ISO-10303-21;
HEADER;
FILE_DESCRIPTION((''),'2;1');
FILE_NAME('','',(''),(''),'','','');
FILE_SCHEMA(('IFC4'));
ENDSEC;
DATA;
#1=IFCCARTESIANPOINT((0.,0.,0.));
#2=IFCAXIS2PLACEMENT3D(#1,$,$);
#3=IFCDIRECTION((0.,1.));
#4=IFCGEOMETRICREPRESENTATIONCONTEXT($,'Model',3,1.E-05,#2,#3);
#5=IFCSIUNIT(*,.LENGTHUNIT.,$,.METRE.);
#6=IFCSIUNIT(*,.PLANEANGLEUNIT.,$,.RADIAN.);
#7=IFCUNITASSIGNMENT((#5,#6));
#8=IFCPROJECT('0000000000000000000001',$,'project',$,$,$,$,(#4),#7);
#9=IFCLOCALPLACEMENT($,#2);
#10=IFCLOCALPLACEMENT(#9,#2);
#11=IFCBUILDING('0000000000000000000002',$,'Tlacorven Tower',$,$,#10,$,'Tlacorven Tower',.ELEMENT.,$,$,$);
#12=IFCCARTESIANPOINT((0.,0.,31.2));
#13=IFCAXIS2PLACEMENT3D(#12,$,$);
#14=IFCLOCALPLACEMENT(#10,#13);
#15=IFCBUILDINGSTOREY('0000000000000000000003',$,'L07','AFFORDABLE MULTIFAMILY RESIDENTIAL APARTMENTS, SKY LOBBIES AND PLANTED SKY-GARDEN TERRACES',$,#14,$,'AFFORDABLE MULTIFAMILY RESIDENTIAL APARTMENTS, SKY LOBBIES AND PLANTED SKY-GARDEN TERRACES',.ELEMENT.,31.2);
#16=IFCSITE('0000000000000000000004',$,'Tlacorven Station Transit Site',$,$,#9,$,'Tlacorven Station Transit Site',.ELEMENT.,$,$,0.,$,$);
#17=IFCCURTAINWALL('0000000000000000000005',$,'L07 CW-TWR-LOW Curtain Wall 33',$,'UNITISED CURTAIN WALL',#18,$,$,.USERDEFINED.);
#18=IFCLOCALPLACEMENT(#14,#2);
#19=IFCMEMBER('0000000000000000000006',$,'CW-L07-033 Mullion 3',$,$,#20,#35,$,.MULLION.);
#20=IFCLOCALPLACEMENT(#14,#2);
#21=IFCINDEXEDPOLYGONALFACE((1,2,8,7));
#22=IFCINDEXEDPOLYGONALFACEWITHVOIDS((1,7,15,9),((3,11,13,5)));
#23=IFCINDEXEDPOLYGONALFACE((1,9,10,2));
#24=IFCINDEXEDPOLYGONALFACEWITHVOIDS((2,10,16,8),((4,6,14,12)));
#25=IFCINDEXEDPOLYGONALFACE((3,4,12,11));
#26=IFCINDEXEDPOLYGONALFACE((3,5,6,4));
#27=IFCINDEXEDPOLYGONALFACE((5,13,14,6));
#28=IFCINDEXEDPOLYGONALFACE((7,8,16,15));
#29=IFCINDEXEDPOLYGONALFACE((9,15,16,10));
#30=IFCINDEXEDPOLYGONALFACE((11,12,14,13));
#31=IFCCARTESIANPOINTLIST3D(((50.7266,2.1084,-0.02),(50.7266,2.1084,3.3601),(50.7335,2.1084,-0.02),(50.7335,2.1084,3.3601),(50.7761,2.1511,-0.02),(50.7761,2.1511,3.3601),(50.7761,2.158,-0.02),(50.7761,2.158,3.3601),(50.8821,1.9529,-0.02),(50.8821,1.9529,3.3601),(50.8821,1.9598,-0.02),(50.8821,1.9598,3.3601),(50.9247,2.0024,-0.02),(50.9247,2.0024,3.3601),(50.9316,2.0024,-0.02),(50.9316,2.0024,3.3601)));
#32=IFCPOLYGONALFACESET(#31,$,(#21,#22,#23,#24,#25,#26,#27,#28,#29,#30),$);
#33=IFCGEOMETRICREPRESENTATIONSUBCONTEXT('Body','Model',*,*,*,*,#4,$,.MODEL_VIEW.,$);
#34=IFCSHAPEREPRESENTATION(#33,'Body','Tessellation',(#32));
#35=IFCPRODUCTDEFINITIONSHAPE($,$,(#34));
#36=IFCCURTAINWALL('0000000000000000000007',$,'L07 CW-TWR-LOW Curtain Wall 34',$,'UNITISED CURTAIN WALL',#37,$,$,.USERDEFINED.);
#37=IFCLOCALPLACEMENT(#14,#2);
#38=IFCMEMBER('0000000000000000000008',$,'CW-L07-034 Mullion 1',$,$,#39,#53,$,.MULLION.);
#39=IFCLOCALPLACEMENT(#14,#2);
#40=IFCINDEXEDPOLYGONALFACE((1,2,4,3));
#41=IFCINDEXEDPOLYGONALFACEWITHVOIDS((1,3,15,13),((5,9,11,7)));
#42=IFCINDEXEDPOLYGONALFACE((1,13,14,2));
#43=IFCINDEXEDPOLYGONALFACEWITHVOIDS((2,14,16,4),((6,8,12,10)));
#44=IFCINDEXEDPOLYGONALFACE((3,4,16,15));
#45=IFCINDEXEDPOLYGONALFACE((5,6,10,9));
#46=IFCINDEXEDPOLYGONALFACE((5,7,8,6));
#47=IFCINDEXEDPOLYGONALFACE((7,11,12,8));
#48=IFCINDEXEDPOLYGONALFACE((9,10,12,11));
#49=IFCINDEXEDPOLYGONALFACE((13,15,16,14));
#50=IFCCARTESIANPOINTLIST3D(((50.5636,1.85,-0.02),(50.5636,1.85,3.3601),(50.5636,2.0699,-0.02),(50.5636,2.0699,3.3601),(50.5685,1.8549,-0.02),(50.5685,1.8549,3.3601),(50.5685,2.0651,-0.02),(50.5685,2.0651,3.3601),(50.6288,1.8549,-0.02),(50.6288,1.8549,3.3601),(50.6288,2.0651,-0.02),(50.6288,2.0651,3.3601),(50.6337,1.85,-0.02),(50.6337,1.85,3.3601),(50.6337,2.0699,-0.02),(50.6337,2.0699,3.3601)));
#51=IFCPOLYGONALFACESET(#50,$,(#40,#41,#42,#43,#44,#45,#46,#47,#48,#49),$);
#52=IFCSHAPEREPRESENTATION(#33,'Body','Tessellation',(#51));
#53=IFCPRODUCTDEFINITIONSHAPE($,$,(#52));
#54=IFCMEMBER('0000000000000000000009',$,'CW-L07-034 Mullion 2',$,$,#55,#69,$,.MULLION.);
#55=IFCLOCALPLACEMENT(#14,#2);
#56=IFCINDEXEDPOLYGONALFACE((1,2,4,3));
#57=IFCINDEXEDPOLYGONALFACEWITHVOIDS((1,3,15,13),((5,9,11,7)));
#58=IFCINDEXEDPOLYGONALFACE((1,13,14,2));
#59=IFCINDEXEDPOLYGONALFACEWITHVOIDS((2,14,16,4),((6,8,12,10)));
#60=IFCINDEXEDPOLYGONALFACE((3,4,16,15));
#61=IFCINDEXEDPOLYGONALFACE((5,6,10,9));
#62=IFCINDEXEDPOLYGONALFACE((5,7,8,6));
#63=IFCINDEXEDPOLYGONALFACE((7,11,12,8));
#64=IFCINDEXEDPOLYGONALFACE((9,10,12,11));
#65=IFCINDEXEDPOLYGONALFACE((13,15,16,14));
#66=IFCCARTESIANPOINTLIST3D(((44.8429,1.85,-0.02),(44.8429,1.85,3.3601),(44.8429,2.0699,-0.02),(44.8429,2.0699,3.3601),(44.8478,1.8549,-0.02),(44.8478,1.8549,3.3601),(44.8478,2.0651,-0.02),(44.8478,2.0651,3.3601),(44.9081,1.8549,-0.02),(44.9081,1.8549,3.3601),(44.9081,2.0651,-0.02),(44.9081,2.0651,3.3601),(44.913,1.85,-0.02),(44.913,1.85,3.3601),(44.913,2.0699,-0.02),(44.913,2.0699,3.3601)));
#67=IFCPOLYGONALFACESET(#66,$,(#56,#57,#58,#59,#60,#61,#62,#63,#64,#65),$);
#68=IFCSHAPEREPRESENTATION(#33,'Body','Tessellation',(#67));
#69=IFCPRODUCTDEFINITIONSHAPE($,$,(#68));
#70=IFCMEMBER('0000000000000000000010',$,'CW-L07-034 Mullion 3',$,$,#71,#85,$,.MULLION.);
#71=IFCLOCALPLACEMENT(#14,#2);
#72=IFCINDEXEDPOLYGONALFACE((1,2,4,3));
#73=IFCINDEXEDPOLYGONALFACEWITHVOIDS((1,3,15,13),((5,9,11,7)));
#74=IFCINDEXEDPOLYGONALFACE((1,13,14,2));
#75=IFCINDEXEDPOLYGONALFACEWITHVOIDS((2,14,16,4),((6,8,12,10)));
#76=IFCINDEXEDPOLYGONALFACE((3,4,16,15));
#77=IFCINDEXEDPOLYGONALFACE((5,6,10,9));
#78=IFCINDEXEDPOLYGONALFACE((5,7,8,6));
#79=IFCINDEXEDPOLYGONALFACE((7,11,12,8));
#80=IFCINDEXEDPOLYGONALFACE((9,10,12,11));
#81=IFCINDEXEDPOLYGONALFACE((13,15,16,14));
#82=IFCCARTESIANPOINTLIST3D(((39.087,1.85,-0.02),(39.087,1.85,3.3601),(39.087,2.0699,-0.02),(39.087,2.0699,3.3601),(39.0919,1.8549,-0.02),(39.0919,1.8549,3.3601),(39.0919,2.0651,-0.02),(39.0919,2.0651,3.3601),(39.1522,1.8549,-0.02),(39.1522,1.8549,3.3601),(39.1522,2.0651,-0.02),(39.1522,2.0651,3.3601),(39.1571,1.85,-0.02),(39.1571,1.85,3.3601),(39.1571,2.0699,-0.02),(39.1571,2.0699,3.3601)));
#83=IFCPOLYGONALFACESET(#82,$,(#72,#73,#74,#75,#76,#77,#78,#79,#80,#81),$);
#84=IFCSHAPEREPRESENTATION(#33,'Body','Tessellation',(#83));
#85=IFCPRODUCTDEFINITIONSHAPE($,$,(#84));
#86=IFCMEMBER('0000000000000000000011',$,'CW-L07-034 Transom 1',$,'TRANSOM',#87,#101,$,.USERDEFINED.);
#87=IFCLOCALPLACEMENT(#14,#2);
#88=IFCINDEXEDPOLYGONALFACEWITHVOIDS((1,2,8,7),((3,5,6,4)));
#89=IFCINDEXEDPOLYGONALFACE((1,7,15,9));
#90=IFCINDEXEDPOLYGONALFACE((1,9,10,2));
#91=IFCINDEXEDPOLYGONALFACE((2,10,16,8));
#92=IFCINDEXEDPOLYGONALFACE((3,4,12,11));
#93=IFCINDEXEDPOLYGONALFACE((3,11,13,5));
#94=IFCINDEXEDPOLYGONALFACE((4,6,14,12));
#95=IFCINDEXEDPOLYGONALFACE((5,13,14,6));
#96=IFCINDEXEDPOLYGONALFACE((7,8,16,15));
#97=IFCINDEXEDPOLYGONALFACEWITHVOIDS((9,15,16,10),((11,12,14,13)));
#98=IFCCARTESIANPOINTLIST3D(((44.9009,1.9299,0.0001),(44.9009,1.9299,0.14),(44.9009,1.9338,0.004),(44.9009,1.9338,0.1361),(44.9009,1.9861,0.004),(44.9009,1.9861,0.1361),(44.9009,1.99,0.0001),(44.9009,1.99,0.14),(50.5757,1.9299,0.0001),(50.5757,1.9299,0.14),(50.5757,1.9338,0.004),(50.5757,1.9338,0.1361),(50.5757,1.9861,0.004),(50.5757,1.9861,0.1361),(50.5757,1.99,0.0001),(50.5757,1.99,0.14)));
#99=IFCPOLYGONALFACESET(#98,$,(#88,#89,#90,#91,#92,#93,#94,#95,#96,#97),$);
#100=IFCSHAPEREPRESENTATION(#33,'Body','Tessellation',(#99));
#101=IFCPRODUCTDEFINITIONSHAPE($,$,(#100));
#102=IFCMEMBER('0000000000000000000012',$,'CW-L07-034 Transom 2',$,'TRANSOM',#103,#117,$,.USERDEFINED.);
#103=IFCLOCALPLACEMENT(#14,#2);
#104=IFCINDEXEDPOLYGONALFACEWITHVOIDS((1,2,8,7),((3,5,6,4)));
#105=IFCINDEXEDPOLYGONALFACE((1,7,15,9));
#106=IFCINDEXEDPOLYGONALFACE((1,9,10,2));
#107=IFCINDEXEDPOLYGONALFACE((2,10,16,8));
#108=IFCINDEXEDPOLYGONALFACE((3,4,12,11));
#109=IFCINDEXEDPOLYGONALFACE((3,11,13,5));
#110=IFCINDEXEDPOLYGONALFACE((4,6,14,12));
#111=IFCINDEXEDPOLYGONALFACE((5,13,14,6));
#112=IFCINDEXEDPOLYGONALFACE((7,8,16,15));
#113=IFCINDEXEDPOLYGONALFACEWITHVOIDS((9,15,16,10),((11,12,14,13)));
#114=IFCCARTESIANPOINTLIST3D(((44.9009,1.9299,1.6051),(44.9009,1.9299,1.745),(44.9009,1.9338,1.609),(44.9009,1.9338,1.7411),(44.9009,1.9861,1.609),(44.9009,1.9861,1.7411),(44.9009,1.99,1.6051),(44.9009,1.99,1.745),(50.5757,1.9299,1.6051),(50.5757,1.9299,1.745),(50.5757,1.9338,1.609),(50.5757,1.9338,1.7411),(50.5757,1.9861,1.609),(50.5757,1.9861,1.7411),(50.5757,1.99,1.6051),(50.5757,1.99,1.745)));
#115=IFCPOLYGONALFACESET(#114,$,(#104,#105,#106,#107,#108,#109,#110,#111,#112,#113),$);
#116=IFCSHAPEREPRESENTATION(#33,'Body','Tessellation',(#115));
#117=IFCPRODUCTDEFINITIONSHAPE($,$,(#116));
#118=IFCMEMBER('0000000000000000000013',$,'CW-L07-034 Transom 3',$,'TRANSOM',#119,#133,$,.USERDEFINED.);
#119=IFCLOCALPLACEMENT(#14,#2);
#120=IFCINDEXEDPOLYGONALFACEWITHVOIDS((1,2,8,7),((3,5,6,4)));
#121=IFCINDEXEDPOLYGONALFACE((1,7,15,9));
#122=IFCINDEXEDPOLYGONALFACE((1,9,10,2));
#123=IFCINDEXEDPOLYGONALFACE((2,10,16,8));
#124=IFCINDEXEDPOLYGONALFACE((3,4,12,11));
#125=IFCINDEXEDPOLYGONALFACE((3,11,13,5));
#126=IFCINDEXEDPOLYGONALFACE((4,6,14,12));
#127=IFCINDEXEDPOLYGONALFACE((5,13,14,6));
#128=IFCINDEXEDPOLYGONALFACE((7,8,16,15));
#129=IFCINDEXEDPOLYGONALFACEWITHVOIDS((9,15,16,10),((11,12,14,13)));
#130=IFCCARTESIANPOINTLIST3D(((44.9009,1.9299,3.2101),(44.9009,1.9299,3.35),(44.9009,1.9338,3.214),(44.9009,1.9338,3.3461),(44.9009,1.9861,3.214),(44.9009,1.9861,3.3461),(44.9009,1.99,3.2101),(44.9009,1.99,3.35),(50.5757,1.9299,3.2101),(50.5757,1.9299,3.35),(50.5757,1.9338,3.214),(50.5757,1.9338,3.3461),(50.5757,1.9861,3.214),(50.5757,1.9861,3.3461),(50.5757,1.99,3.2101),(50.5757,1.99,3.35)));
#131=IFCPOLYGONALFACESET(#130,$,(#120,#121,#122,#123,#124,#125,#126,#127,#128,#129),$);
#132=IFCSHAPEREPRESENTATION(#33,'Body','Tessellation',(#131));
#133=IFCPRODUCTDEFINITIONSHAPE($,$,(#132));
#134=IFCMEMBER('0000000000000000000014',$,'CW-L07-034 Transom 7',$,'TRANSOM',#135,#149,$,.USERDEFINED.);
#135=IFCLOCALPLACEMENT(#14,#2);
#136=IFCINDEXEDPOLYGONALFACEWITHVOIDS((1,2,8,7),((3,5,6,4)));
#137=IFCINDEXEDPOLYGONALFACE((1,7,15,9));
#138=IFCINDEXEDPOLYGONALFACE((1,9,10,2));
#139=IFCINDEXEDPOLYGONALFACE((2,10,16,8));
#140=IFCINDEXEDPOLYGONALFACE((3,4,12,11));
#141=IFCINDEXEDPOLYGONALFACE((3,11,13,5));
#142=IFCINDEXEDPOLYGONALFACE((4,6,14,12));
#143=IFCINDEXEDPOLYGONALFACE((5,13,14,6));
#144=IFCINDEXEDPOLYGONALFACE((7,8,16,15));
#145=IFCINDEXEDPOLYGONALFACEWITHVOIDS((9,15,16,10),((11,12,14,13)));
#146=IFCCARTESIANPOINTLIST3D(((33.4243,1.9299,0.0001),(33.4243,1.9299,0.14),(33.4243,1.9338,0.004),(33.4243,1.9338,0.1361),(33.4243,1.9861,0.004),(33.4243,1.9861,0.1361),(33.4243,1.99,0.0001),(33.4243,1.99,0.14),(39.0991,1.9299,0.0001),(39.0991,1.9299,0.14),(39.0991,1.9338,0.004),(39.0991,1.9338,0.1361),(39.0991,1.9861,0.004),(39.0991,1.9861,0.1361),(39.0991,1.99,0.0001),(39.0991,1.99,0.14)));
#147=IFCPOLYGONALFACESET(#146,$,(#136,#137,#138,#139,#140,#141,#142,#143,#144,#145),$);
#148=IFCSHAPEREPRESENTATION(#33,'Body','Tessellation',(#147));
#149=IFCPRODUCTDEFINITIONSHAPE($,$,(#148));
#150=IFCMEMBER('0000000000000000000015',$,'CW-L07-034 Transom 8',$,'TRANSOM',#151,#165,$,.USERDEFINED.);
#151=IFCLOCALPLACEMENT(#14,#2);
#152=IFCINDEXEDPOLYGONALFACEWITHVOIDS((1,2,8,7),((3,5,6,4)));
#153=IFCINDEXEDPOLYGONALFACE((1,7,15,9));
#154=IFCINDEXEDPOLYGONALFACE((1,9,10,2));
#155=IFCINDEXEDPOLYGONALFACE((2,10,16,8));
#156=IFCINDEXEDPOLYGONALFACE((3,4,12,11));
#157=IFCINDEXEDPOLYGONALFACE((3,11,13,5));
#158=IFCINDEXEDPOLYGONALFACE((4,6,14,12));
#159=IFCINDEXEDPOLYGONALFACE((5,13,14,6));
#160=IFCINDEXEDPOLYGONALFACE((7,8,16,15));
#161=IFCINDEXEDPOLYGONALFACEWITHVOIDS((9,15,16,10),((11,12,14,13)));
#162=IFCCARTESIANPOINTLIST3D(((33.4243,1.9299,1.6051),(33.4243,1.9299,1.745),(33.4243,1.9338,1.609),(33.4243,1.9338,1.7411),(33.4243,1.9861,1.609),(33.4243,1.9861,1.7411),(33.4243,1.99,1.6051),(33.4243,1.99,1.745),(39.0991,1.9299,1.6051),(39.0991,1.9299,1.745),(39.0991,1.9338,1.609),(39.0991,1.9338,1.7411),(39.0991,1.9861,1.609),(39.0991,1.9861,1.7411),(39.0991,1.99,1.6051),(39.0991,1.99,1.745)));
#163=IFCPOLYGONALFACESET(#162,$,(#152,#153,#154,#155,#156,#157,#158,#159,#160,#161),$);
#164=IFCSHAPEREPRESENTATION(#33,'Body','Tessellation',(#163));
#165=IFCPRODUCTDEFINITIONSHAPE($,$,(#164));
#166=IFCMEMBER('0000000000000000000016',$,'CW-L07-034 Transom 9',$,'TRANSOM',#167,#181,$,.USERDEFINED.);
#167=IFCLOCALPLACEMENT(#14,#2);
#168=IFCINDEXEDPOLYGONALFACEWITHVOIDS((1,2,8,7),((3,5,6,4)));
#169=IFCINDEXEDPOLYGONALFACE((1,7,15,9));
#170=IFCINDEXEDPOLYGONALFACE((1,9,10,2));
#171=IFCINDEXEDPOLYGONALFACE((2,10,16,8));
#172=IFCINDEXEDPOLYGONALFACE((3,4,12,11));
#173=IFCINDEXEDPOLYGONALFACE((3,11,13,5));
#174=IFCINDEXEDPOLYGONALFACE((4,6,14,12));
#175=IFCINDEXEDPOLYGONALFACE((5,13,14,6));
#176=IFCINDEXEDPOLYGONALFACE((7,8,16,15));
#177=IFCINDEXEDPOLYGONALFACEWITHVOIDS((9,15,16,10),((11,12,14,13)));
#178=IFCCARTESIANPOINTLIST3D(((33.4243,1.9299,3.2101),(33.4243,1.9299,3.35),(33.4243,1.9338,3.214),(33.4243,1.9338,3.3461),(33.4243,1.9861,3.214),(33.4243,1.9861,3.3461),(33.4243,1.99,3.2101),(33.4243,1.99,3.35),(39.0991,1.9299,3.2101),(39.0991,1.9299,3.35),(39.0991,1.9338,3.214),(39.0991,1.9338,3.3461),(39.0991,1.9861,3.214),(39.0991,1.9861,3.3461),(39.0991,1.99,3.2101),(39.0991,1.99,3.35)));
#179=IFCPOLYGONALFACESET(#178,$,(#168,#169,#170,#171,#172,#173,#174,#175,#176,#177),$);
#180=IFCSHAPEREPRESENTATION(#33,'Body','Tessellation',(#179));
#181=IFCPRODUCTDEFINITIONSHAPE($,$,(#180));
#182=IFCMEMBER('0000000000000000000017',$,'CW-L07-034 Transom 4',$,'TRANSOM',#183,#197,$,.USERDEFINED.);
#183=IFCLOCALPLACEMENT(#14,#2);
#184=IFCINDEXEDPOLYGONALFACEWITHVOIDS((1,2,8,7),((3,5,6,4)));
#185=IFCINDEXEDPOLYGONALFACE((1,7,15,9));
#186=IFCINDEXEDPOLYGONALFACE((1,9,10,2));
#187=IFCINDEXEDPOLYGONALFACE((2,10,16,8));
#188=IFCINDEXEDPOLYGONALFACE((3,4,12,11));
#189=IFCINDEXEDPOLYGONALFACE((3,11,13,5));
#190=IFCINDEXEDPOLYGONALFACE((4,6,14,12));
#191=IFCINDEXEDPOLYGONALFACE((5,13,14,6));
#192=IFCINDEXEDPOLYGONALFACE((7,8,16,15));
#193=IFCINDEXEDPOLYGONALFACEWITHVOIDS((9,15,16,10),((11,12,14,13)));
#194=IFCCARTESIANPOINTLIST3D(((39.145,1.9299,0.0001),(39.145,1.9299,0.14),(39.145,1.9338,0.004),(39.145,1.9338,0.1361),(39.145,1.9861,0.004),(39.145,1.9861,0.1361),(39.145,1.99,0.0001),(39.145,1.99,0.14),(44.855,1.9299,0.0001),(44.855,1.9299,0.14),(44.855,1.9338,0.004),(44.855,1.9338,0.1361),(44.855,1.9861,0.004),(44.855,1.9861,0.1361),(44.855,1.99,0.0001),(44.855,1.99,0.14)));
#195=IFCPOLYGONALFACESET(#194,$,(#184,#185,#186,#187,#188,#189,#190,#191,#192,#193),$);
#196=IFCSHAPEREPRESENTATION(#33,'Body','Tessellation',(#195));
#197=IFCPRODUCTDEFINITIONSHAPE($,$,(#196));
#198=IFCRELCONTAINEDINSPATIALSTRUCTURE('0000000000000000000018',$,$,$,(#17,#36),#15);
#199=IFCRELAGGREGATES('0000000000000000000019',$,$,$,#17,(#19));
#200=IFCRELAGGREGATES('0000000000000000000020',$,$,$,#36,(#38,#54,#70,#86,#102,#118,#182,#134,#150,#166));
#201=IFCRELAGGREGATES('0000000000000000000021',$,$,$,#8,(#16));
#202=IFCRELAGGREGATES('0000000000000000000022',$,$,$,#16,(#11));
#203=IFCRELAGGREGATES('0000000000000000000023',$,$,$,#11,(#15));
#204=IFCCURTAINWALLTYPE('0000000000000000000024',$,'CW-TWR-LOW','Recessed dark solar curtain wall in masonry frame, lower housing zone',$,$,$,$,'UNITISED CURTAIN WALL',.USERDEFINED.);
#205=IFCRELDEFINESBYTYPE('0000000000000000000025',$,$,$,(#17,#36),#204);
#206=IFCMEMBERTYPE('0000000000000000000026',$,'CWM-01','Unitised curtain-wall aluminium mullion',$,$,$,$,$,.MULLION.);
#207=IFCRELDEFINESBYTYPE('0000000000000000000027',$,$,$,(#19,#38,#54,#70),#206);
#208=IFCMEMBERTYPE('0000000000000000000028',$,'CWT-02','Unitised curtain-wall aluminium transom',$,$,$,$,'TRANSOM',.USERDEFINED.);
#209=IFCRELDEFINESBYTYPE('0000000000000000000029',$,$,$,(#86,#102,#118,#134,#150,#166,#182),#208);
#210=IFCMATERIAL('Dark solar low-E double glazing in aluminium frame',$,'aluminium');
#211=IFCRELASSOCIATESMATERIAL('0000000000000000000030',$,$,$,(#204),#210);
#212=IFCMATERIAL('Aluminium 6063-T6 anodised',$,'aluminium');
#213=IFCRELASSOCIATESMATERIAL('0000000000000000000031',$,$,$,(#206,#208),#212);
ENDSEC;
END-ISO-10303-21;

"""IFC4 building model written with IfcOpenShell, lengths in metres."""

from ifc_helpers import new_model, si_unit, direction, frame, origin, origin_2d, place, context, subcontext, project, spatial, hollow_rectangle, extrude, source, transform, mapped, material, material_profile, profile_set, type_object, element, aggregate, save


model = new_model("IFC4")

# Units and contexts
model_context = context("Model", 3, precision=1e-05, world=origin(), true_north=direction((0.0, 1.0)))
body_context = subcontext(model_context, "Body", "Model", "MODEL_VIEW")
ifc_project = project(units=[si_unit("LENGTHUNIT", "METRE"), si_unit("PLANEANGLEUNIT", "RADIAN")], contexts=[model_context])

# Site, building, storey
site_placement = place(None, origin())
site = spatial("IfcSite", under=ifc_project, at=site_placement, Name="Tlacorven Station Transit Site", LongName="Tlacorven Station Transit Site", CompositionType="ELEMENT", RefElevation=0.0)
building_placement = place(site_placement, origin())
building = spatial("IfcBuilding", under=site, at=building_placement, Name="Tlacorven Tower", LongName="Tlacorven Tower", CompositionType="ELEMENT")
storey_placement = place(building_placement, frame((0.0, 0.0, 31.2)))
storey = spatial("IfcBuildingStorey", under=building, at=storey_placement, Name="L07", Description="AFFORDABLE MULTIFAMILY RESIDENTIAL APARTMENTS, SKY LOBBIES AND PLANTED SKY-GARDEN TERRACES", LongName="AFFORDABLE MULTIFAMILY RESIDENTIAL APARTMENTS, SKY LOBBIES AND PLANTED SKY-GARDEN TERRACES", CompositionType="ELEMENT", Elevation=31.2)

# Curtain wall, member
ifc_material_1 = material(Name="Dark solar low-E double glazing in aluminium frame", Category="aluminium")
curtain_wall_type = type_object("IfcCurtainWallType", Name="CW-TWR-LOW", Description="Recessed dark solar curtain wall in masonry frame, lower housing zone", ElementType="UNITISED CURTAIN WALL", PredefinedType="USERDEFINED", material=ifc_material_1)
curtain_wall_1_placement = place(storey_placement, origin())
curtain_wall_1 = element("IfcCurtainWall", 1, at=curtain_wall_1_placement, inside=storey, type_object=curtain_wall_type, Name="L07 CW-TWR-LOW Curtain Wall 33", ObjectType="UNITISED CURTAIN WALL", PredefinedType="USERDEFINED")
ifc_material_2 = material(Name="Aluminium 6063-T6 anodised", Category="aluminium")
ifc_material_profile_1 = material_profile(ifc_material_2, hollow_rectangle(XDim=0.0701, YDim=0.22, WallThickness=0.0049, at=origin_2d()), Name="ALU MULLION 70X220")
ifc_profile_set_1 = profile_set([ifc_material_profile_1], Name="Aluminium 6063-T6 anodised")
member_type_1 = type_object("IfcMemberType", Name="CWM-01", Description="Unitised curtain-wall aluminium mullion", PredefinedType="MULLION", material=ifc_profile_set_1)
shared_shape_1 = source(origin(), body_context, "Body", "SweptSolid", [
    extrude(hollow_rectangle(XDim=0.0701, YDim=0.22, WallThickness=0.0049, at=origin_2d()), origin(), (0.0, 0.0, 1.0), 3.3801),
])
member_1_placement = place(storey_placement, frame((50.8291, 2.0554, -0.02), z_axis=(0.0, 0.0, 1.0), x_axis=(-0.707107, -0.707107, 0.0)))
member_1 = element("IfcMember", 2, at=member_1_placement, type_object=member_type_1, Name="CW-L07-033 Mullion 3", PredefinedType="MULLION", context=body_context, shape_type="MappedRepresentation", body=[
    mapped(shared_shape_1, transform((0.0, 0.0, 0.0), scale=1.0)),
])

# Curtain wall, members
curtain_wall_2_placement = place(storey_placement, origin())
curtain_wall_2 = element("IfcCurtainWall", 3, at=curtain_wall_2_placement, inside=storey, type_object=curtain_wall_type, Name="L07 CW-TWR-LOW Curtain Wall 34", ObjectType="UNITISED CURTAIN WALL", PredefinedType="USERDEFINED")
member_2_placement = place(storey_placement, frame((50.5986, 1.96, -0.02), z_axis=(0.0, 0.0, 1.0), x_axis=(-1.0, 0.0, 0.0)))
member_2 = element("IfcMember", 4, at=member_2_placement, type_object=member_type_1, Name="CW-L07-034 Mullion 1", PredefinedType="MULLION", context=body_context, shape_type="MappedRepresentation", body=[
    mapped(shared_shape_1, transform((0.0, 0.0, 0.0), scale=1.0)),
])
member_3_placement = place(storey_placement, frame((44.8779, 1.96, -0.02), z_axis=(0.0, 0.0, 1.0), x_axis=(-1.0, 0.0, 0.0)))
member_3 = element("IfcMember", 5, at=member_3_placement, type_object=member_type_1, Name="CW-L07-034 Mullion 2", PredefinedType="MULLION", context=body_context, shape_type="MappedRepresentation", body=[
    mapped(shared_shape_1, transform((0.0, 0.0, 0.0), scale=1.0)),
])
member_4_placement = place(storey_placement, frame((39.1221, 1.96, -0.02), z_axis=(0.0, 0.0, 1.0), x_axis=(-1.0, 0.0, 0.0)))
member_4 = element("IfcMember", 6, at=member_4_placement, type_object=member_type_1, Name="CW-L07-034 Mullion 3", PredefinedType="MULLION", context=body_context, shape_type="MappedRepresentation", body=[
    mapped(shared_shape_1, transform((0.0, 0.0, 0.0), scale=1.0)),
])
ifc_material_profile_2 = material_profile(ifc_material_2, hollow_rectangle(XDim=0.0601, YDim=0.1399, WallThickness=0.0039, at=origin_2d()), Name="ALU TRANSOM 60X140")
ifc_profile_set_2 = profile_set([ifc_material_profile_2], Name="Aluminium 6063-T6 anodised")
member_type_2 = type_object("IfcMemberType", Name="CWT-02", Description="Unitised curtain-wall aluminium transom", ElementType="TRANSOM", PredefinedType="USERDEFINED", material=ifc_profile_set_2)
shared_shape_2 = source(origin(), body_context, "Body", "SweptSolid", [
    extrude(hollow_rectangle(XDim=0.0601, YDim=0.1399, WallThickness=0.0039, at=origin_2d()), origin(), (0.0, 0.0, 1.0), 5.6748),
])
member_5_placement = place(storey_placement, frame((50.5757, 1.96, 0.0701), z_axis=(-1.0, 0.0, 0.0), x_axis=(0.0, -1.0, 0.0)))
member_5 = element("IfcMember", 7, at=member_5_placement, type_object=member_type_2, Name="CW-L07-034 Transom 1", ObjectType="TRANSOM", PredefinedType="USERDEFINED", context=body_context, shape_type="MappedRepresentation", body=[
    mapped(shared_shape_2, transform((0.0, 0.0, 0.0), scale=1.0)),
])
member_6_placement = place(storey_placement, frame((50.5757, 1.96, 1.675), z_axis=(-1.0, 0.0, 0.0), x_axis=(0.0, -1.0, 0.0)))
member_6 = element("IfcMember", 8, at=member_6_placement, type_object=member_type_2, Name="CW-L07-034 Transom 2", ObjectType="TRANSOM", PredefinedType="USERDEFINED", context=body_context, shape_type="MappedRepresentation", body=[
    mapped(shared_shape_2, transform((0.0, 0.0, 0.0), scale=1.0)),
])
member_7_placement = place(storey_placement, frame((50.5757, 1.96, 3.28), z_axis=(-1.0, 0.0, 0.0), x_axis=(0.0, -1.0, 0.0)))
member_7 = element("IfcMember", 9, at=member_7_placement, type_object=member_type_2, Name="CW-L07-034 Transom 3", ObjectType="TRANSOM", PredefinedType="USERDEFINED", context=body_context, shape_type="MappedRepresentation", body=[
    mapped(shared_shape_2, transform((0.0, 0.0, 0.0), scale=1.0)),
])
member_8_placement = place(storey_placement, frame((39.0991, 1.96, 0.0701), z_axis=(-1.0, 0.0, 0.0), x_axis=(0.0, -1.0, 0.0)))
member_8 = element("IfcMember", 10, at=member_8_placement, type_object=member_type_2, Name="CW-L07-034 Transom 7", ObjectType="TRANSOM", PredefinedType="USERDEFINED", context=body_context, shape_type="MappedRepresentation", body=[
    mapped(shared_shape_2, transform((0.0, 0.0, 0.0), scale=1.0)),
])
member_9_placement = place(storey_placement, frame((39.0991, 1.96, 1.675), z_axis=(-1.0, 0.0, 0.0), x_axis=(0.0, -1.0, 0.0)))
member_9 = element("IfcMember", 11, at=member_9_placement, type_object=member_type_2, Name="CW-L07-034 Transom 8", ObjectType="TRANSOM", PredefinedType="USERDEFINED", context=body_context, shape_type="MappedRepresentation", body=[
    mapped(shared_shape_2, transform((0.0, 0.0, 0.0), scale=1.0)),
])
member_10_placement = place(storey_placement, frame((39.0991, 1.96, 3.28), z_axis=(-1.0, 0.0, 0.0), x_axis=(0.0, -1.0, 0.0)))
member_10 = element("IfcMember", 12, at=member_10_placement, type_object=member_type_2, Name="CW-L07-034 Transom 9", ObjectType="TRANSOM", PredefinedType="USERDEFINED", context=body_context, shape_type="MappedRepresentation", body=[
    mapped(shared_shape_2, transform((0.0, 0.0, 0.0), scale=1.0)),
])
shared_shape_3 = source(origin(), body_context, "Body", "SweptSolid", [
    extrude(hollow_rectangle(XDim=0.0601, YDim=0.1399, WallThickness=0.0039, at=origin_2d()), origin(), (0.0, 0.0, 1.0), 5.71),
])
member_11_placement = place(storey_placement, frame((44.855, 1.96, 0.0701), z_axis=(-1.0, 0.0, 0.0), x_axis=(0.0, -1.0, 0.0)))
member_11 = element("IfcMember", 13, at=member_11_placement, type_object=member_type_2, Name="CW-L07-034 Transom 4", ObjectType="TRANSOM", PredefinedType="USERDEFINED", context=body_context, shape_type="MappedRepresentation", body=[
    mapped(shared_shape_3, transform((0.0, 0.0, 0.0), scale=1.0)),
])

aggregate(curtain_wall_1, [member_1])
aggregate(curtain_wall_2, [member_2, member_3, member_4, member_5, member_6, member_7, member_11, member_8, member_9, member_10])

save(model, "model.ifc")
